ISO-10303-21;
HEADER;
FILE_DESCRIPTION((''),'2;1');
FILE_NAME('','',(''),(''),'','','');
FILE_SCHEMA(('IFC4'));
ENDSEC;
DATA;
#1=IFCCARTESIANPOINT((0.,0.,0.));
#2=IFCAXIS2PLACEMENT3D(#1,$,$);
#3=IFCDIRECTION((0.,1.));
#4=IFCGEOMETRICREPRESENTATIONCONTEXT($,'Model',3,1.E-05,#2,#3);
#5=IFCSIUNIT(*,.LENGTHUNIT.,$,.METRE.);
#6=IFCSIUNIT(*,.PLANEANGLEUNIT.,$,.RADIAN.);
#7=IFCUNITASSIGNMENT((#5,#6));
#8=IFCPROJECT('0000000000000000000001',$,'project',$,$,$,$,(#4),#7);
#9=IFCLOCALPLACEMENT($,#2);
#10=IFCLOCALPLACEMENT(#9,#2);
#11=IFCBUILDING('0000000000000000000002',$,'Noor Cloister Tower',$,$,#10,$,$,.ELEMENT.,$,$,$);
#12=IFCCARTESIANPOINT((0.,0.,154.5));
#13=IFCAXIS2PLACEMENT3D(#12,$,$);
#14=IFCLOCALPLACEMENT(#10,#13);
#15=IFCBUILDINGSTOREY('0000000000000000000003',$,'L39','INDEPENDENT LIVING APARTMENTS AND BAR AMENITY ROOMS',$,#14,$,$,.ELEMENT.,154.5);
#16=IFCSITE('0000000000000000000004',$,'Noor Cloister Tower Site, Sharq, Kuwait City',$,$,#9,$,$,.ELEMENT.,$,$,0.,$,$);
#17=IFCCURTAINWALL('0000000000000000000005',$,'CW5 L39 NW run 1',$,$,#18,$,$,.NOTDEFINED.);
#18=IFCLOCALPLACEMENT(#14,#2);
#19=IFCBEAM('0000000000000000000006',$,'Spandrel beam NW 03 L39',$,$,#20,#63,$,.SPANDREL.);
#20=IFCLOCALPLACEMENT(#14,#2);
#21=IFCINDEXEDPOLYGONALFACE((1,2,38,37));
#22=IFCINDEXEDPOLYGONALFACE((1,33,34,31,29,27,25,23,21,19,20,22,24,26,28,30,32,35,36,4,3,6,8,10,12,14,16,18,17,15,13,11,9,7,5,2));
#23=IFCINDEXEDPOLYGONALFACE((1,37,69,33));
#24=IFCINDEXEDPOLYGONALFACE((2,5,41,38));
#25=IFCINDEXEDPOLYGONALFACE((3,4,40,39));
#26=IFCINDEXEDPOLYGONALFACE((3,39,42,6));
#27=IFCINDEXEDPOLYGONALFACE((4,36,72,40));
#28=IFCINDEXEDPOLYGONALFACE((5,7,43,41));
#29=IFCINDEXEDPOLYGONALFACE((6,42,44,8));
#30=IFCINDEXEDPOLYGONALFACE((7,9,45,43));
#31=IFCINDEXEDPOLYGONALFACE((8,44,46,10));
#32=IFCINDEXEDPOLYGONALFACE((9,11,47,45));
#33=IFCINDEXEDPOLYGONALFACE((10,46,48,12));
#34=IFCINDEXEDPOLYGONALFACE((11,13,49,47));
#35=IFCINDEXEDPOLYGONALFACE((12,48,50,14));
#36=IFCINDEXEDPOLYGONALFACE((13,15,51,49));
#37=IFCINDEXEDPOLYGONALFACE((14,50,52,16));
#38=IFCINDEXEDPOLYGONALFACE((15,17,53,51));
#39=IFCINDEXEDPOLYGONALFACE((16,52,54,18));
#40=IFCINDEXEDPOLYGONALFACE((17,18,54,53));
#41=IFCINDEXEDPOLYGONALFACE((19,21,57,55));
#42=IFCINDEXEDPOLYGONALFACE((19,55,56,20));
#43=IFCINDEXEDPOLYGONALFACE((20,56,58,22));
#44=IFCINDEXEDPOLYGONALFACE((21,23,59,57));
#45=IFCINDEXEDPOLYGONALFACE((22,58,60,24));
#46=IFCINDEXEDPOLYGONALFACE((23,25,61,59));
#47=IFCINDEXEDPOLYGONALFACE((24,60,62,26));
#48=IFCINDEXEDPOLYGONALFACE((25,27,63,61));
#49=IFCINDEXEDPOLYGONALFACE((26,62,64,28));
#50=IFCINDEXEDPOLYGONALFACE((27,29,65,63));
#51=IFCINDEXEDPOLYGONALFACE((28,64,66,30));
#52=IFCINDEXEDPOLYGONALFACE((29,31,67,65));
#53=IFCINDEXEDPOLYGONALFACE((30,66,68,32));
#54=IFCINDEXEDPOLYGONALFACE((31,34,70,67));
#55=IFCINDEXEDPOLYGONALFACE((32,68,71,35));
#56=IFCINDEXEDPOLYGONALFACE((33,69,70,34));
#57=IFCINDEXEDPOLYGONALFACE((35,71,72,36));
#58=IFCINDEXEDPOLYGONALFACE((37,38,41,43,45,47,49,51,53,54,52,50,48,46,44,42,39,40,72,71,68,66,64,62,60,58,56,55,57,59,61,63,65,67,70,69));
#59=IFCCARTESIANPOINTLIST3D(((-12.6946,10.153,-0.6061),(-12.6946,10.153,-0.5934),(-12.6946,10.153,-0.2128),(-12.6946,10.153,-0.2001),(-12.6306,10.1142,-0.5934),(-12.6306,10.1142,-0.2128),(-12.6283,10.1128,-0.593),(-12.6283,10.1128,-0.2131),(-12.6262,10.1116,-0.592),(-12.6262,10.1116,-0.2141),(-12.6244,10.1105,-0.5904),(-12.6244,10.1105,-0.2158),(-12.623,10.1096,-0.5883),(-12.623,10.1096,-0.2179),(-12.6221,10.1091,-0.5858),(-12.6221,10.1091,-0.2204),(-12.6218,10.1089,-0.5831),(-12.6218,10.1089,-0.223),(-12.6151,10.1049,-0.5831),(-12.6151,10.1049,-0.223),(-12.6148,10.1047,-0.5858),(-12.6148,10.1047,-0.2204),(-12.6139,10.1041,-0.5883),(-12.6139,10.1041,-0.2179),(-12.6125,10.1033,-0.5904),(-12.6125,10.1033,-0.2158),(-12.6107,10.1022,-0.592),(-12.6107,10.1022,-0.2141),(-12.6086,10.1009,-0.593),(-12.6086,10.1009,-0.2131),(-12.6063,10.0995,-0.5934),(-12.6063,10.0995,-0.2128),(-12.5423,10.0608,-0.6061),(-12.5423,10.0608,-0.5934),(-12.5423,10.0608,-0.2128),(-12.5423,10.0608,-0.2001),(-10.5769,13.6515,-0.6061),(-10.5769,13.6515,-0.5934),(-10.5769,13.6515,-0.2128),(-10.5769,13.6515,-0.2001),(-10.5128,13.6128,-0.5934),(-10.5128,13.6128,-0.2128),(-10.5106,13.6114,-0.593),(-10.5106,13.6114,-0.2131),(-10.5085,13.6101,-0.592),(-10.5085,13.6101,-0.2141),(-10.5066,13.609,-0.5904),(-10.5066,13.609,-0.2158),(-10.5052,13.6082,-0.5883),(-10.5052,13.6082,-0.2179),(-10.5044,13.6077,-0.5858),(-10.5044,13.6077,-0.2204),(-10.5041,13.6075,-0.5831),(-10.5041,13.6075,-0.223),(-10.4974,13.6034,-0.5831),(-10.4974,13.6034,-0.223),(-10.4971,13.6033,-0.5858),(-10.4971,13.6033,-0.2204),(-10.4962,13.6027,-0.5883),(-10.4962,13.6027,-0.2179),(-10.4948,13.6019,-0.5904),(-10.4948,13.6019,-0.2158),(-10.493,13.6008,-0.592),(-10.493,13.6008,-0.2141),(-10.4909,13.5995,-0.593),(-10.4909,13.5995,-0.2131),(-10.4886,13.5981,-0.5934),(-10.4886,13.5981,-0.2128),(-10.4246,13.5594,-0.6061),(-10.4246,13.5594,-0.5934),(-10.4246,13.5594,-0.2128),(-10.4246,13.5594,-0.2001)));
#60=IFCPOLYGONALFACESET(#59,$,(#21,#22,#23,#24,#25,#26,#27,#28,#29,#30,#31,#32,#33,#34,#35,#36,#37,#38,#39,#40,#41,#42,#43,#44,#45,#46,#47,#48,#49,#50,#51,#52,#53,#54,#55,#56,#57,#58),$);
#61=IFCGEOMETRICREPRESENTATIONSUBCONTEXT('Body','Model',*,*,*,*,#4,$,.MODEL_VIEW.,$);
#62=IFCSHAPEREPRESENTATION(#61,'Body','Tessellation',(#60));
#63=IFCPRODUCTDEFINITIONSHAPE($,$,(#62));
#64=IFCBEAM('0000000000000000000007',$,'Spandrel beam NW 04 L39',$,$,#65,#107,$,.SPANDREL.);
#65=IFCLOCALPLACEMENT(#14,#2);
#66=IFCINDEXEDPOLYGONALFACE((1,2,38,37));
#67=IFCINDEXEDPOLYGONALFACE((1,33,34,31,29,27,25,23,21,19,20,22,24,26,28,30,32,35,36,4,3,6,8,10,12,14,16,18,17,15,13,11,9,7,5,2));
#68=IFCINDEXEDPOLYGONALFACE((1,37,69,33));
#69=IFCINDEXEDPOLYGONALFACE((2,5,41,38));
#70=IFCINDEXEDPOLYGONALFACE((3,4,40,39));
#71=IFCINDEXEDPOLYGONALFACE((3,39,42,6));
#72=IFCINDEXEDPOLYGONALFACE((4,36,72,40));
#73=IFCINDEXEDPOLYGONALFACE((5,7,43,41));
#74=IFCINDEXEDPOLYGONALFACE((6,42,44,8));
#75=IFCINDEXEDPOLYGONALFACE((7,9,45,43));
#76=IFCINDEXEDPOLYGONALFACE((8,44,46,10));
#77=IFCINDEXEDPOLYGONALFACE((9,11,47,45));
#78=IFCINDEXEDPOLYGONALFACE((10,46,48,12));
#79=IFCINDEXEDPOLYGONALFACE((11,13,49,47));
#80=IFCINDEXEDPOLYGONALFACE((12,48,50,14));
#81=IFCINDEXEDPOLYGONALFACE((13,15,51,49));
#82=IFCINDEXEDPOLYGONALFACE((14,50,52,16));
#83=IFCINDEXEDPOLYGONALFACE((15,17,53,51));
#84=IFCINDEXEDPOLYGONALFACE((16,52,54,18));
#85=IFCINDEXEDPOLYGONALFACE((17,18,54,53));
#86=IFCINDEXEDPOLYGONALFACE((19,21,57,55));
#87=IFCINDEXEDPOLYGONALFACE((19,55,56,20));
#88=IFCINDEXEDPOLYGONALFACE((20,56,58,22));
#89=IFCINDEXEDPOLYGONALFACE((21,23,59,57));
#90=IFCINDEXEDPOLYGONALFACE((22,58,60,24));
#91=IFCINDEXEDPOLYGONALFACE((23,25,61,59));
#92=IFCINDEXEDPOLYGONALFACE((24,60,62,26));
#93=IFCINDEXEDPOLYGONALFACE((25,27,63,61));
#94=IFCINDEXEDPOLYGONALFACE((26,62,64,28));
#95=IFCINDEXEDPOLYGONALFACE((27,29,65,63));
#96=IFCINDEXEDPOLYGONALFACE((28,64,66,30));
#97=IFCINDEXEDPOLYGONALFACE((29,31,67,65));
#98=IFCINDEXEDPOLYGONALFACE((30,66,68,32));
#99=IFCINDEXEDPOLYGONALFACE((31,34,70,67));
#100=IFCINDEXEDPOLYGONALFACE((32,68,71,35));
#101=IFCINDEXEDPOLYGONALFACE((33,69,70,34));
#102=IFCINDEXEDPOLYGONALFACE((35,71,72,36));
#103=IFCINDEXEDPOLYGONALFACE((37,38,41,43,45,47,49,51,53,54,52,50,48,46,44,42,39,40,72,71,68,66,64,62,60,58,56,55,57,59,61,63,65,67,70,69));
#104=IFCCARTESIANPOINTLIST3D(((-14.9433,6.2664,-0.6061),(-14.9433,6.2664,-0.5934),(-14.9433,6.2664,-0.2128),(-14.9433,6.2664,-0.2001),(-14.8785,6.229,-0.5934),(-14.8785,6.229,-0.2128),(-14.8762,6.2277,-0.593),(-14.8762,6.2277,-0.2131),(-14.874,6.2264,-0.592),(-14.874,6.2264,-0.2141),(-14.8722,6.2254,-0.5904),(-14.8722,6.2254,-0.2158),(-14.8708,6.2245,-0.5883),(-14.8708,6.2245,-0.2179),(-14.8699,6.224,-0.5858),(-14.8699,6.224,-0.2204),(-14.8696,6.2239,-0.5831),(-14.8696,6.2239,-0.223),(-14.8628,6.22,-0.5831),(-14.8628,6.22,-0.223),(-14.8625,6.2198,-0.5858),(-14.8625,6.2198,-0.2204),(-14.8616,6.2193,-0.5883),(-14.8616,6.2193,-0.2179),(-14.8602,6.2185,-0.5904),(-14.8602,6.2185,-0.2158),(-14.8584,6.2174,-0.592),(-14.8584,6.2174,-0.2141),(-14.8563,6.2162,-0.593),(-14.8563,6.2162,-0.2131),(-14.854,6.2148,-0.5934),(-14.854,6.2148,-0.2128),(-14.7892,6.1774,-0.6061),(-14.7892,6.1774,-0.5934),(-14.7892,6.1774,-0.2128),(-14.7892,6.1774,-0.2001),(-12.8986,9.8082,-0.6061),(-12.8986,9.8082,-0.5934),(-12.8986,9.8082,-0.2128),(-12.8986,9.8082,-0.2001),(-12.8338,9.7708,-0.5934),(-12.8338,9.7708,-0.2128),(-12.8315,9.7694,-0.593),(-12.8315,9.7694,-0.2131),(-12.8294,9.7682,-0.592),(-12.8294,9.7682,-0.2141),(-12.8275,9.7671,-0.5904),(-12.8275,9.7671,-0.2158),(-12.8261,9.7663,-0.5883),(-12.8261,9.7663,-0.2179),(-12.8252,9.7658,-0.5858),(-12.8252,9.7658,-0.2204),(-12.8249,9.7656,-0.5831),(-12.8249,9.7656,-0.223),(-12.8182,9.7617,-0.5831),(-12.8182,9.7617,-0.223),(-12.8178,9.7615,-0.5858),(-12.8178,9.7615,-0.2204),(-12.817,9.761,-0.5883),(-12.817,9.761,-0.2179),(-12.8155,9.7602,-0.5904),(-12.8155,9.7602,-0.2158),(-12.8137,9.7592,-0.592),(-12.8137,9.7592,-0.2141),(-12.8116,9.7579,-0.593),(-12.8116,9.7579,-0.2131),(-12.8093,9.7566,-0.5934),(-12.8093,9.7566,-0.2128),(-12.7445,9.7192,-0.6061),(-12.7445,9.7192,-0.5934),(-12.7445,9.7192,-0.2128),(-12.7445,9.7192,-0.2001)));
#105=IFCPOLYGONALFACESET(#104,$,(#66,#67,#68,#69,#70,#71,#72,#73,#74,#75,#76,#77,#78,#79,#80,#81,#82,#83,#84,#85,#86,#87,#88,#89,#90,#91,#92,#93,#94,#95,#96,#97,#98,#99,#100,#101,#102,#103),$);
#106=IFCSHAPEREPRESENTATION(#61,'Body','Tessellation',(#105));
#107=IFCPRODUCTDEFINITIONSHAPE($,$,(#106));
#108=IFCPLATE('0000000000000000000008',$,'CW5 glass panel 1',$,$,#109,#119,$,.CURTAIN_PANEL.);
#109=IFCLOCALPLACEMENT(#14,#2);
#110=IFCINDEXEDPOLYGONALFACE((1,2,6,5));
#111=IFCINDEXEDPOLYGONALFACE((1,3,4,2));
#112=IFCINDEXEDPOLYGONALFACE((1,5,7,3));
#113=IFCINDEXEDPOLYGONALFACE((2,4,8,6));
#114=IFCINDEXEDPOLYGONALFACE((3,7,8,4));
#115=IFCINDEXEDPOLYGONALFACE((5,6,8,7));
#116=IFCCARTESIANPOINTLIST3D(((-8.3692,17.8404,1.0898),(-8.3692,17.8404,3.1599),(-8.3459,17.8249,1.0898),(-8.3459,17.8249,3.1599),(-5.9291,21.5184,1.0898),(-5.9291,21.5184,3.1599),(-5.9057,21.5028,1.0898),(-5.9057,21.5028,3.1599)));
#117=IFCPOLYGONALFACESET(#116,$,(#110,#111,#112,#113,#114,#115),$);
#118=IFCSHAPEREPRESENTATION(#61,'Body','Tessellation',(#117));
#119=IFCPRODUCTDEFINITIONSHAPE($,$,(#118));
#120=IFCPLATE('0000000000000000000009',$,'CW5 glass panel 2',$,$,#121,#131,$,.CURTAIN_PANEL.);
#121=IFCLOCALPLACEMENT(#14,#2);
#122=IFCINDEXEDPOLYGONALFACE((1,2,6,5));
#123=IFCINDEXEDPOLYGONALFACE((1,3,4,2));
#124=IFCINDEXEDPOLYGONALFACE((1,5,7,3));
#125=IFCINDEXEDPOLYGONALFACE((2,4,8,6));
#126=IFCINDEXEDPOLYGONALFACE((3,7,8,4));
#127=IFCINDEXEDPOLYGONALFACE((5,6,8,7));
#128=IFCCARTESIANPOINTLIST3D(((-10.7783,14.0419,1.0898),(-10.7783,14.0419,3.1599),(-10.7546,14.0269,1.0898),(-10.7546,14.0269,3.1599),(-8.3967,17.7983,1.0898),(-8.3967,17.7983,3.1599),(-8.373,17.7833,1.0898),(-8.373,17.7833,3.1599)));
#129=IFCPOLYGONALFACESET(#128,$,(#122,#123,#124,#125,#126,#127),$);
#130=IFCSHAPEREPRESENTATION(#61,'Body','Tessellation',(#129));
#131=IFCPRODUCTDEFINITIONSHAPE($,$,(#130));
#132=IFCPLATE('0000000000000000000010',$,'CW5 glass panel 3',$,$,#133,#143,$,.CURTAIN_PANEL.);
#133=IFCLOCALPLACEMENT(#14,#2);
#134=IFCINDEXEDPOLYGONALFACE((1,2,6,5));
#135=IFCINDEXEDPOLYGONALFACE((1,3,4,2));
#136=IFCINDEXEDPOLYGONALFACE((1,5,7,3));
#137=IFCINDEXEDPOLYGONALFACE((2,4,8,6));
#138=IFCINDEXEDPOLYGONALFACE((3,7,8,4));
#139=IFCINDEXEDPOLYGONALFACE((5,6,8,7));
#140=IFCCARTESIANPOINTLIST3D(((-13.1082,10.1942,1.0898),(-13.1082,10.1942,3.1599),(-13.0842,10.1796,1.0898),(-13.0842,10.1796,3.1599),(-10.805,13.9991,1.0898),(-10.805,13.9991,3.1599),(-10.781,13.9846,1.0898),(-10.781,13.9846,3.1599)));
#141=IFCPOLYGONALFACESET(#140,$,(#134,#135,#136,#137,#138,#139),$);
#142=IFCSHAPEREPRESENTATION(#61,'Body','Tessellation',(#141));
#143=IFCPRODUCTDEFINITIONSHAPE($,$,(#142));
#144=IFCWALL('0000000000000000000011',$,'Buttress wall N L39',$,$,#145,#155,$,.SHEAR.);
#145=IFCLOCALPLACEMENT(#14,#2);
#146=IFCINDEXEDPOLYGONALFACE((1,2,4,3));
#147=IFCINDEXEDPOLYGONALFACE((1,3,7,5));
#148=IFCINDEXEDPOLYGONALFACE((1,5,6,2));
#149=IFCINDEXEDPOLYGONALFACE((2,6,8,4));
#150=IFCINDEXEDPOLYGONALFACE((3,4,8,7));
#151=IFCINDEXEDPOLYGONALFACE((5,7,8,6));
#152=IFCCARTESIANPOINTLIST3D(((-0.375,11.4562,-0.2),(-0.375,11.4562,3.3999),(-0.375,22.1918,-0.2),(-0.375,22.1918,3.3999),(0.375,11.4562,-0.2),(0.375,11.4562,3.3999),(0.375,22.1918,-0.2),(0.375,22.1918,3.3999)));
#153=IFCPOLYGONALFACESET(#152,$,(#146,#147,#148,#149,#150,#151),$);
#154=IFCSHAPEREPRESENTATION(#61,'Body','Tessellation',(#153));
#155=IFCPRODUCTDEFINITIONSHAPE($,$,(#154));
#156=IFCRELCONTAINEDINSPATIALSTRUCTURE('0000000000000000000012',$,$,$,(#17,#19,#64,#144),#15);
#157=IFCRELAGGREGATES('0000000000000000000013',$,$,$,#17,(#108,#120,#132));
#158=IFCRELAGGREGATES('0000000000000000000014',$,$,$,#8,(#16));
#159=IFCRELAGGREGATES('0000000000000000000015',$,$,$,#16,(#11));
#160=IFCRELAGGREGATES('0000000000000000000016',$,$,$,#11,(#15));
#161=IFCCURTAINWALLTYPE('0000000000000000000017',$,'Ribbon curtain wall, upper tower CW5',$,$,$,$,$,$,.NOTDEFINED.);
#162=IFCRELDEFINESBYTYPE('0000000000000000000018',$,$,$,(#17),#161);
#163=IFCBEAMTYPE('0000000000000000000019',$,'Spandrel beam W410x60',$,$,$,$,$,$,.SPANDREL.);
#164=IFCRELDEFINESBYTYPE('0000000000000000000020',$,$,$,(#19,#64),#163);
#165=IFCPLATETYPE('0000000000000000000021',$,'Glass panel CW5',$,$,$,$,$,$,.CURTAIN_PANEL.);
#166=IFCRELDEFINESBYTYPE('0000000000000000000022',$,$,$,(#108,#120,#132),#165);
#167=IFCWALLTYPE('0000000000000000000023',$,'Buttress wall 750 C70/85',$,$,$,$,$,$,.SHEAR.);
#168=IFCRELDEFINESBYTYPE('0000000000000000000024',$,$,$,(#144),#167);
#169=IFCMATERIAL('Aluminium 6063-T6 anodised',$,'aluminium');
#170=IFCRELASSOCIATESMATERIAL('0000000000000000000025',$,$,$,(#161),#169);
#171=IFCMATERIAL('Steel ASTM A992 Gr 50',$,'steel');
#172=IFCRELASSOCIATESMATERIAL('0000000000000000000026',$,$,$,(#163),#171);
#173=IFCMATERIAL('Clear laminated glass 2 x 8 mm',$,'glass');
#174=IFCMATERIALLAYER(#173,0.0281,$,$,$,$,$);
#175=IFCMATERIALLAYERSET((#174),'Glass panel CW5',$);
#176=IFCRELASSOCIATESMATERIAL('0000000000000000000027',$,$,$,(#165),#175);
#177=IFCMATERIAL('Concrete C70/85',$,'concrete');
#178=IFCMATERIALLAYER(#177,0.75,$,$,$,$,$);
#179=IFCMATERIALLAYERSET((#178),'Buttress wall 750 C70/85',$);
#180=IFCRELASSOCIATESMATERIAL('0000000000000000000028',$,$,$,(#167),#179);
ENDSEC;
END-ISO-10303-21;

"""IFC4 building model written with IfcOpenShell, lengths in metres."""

from ifc_helpers import new_model, si_unit, direction, frame, frame_2d, origin, origin_2d, place, context, subcontext, project, spatial, rectangle, i_section, extrude, material, layer, layer_set, material_profile, profile_set, type_object, element, aggregate, save


model = new_model("IFC4")

# Units and contexts
model_context = context("Model", 3, precision=1e-05, world=origin(), true_north=direction((0.0, 1.0)))
body_context = subcontext(model_context, "Body", "Model", "MODEL_VIEW")
ifc_project = project(units=[si_unit("LENGTHUNIT", "METRE"), si_unit("PLANEANGLEUNIT", "RADIAN")], contexts=[model_context])

# Site, building, storey
site_placement = place(None, origin())
site = spatial("IfcSite", under=ifc_project, at=site_placement, Name="Noor Cloister Tower Site, Sharq, Kuwait City", CompositionType="ELEMENT", RefElevation=0.0)
building_placement = place(site_placement, origin())
building = spatial("IfcBuilding", under=site, at=building_placement, Name="Noor Cloister Tower", CompositionType="ELEMENT")
storey_placement = place(building_placement, frame((0.0, 0.0, 154.5)))
storey = spatial("IfcBuildingStorey", under=building, at=storey_placement, Name="L39", Description="INDEPENDENT LIVING APARTMENTS AND BAR AMENITY ROOMS", CompositionType="ELEMENT", Elevation=154.5)

# Curtain wall
ifc_material_1 = material(Name="Aluminium 6063-T6 anodised", Category="aluminium")
curtain_wall_type = type_object("IfcCurtainWallType", Name="Ribbon curtain wall, upper tower CW5", PredefinedType="NOTDEFINED", material=ifc_material_1)
curtain_wall_placement = place(storey_placement, origin())
curtain_wall = element("IfcCurtainWall", 1, at=curtain_wall_placement, inside=storey, type_object=curtain_wall_type, Name="CW5 L39 NW run 1", PredefinedType="NOTDEFINED")

# Beams
ifc_material_2 = material(Name="Steel ASTM A992 Gr 50", Category="steel")
ifc_material_profile_1 = material_profile(ifc_material_2, i_section(OverallWidth=0.178, OverallDepth=0.406, WebThickness=0.0078, FlangeThickness=0.0127, FilletRadius=0.0103, at=origin_2d()), Name="W410x60")
ifc_profile_set_1 = profile_set([ifc_material_profile_1], Name="Steel ASTM A992 Gr 50")
beam_type_1 = type_object("IfcBeamType", Name="Spandrel beam W410x60", PredefinedType="SPANDREL", material=ifc_profile_set_1)
for number, where, z_axis, x_axis, name in (
    (2, (-10.5007, 13.6055, -0.4031), (-0.517828, -0.855485, 0.0), (0.855485, -0.517828, 0.0), "Spandrel beam NW 03 L39"),
    (3, (-12.8215, 9.7637, -0.4031), (-0.499972, -0.866041, 0.0), (0.866041, -0.499972, 0.0), "Spandrel beam NW 04 L39"),
):
    element("IfcBeam", number, at=place(storey_placement, frame(where, z_axis=z_axis, x_axis=x_axis)), inside=storey, type_object=beam_type_1, Name=name, PredefinedType="SPANDREL", context=body_context, shape_type="SweptSolid", body=[
        extrude(i_section(OverallWidth=0.178, OverallDepth=0.406, WebThickness=0.0078, FlangeThickness=0.0127, FilletRadius=0.0103, at=origin_2d()), origin(), (0.0, 0.0, 1.0), 4.0896),
    ])

# Plates
ifc_material_3 = material(Name="Clear laminated glass 2 x 8 mm", Category="glass")
ifc_layer_1 = layer(ifc_material_3, 0.0281)
ifc_layer_set_1 = layer_set([ifc_layer_1], Name="Glass panel CW5")
plate_type = type_object("IfcPlateType", Name="Glass panel CW5", PredefinedType="CURTAIN_PANEL", material=ifc_layer_set_1)
plate_1_placement = place(storey_placement, frame((-7.1375, 19.6716, 1.0898), z_axis=(0.0, 0.0, 1.0), x_axis=(-0.552854, -0.833278, 0.0)))
plate_1 = element("IfcPlate", 4, at=plate_1_placement, type_object=plate_type, Name="CW5 glass panel 1", PredefinedType="CURTAIN_PANEL", context=body_context, shape_type="SweptSolid", body=[
    extrude(rectangle(XDim=4.4138, YDim=0.0281, at=origin_2d()), origin(), (0.0, 0.0, 1.0), 2.0701),
])
plate_2_placement = place(storey_placement, frame((-9.5757, 15.9126, 1.0898), z_axis=(0.0, 0.0, 1.0), x_axis=(-0.535463, -0.844559, 0.0)))
plate_2 = element("IfcPlate", 5, at=plate_2_placement, type_object=plate_type, Name="CW5 glass panel 2", PredefinedType="CURTAIN_PANEL", context=body_context, shape_type="SweptSolid", body=[
    extrude(rectangle(XDim=4.4478, YDim=0.0281, at=origin_2d()), origin(), (0.0, 0.0, 1.0), 2.0701),
])
plate_3_placement = place(storey_placement, frame((-11.9446, 12.0894, 1.0898), z_axis=(0.0, 0.0, 1.0), x_axis=(-0.517843, -0.855476, 0.0)))
plate_3 = element("IfcPlate", 6, at=plate_3_placement, type_object=plate_type, Name="CW5 glass panel 3", PredefinedType="CURTAIN_PANEL", context=body_context, shape_type="SweptSolid", body=[
    extrude(rectangle(XDim=4.4478, YDim=0.0281, at=origin_2d()), origin(), (0.0, 0.0, 1.0), 2.0701),
])
aggregate(curtain_wall, [plate_1, plate_2, plate_3])

# Wall
ifc_material_4 = material(Name="Concrete C70/85", Category="concrete")
ifc_layer_2 = layer(ifc_material_4, 0.75)
ifc_layer_set_2 = layer_set([ifc_layer_2], Name="Buttress wall 750 C70/85")
wall_type_1 = type_object("IfcWallType", Name="Buttress wall 750 C70/85", PredefinedType="SHEAR", material=ifc_layer_set_2)
wall_1_placement = place(storey_placement, frame((0.0, 11.4563, -0.2), z_axis=(0.0, 0.0, 1.0), x_axis=(0.0, 1.0, 0.0)))
element("IfcWall", 7, at=wall_1_placement, inside=storey, type_object=wall_type_1, Name="Buttress wall N L39", PredefinedType="SHEAR", context=body_context, shape_type="SweptSolid", body=[
    extrude(rectangle(XDim=10.7356, YDim=0.75, at=frame_2d((5.3677, 0.0))), origin(), (0.0, 0.0, 1.0), 3.5999),
])

save(model, "model.ifc")
